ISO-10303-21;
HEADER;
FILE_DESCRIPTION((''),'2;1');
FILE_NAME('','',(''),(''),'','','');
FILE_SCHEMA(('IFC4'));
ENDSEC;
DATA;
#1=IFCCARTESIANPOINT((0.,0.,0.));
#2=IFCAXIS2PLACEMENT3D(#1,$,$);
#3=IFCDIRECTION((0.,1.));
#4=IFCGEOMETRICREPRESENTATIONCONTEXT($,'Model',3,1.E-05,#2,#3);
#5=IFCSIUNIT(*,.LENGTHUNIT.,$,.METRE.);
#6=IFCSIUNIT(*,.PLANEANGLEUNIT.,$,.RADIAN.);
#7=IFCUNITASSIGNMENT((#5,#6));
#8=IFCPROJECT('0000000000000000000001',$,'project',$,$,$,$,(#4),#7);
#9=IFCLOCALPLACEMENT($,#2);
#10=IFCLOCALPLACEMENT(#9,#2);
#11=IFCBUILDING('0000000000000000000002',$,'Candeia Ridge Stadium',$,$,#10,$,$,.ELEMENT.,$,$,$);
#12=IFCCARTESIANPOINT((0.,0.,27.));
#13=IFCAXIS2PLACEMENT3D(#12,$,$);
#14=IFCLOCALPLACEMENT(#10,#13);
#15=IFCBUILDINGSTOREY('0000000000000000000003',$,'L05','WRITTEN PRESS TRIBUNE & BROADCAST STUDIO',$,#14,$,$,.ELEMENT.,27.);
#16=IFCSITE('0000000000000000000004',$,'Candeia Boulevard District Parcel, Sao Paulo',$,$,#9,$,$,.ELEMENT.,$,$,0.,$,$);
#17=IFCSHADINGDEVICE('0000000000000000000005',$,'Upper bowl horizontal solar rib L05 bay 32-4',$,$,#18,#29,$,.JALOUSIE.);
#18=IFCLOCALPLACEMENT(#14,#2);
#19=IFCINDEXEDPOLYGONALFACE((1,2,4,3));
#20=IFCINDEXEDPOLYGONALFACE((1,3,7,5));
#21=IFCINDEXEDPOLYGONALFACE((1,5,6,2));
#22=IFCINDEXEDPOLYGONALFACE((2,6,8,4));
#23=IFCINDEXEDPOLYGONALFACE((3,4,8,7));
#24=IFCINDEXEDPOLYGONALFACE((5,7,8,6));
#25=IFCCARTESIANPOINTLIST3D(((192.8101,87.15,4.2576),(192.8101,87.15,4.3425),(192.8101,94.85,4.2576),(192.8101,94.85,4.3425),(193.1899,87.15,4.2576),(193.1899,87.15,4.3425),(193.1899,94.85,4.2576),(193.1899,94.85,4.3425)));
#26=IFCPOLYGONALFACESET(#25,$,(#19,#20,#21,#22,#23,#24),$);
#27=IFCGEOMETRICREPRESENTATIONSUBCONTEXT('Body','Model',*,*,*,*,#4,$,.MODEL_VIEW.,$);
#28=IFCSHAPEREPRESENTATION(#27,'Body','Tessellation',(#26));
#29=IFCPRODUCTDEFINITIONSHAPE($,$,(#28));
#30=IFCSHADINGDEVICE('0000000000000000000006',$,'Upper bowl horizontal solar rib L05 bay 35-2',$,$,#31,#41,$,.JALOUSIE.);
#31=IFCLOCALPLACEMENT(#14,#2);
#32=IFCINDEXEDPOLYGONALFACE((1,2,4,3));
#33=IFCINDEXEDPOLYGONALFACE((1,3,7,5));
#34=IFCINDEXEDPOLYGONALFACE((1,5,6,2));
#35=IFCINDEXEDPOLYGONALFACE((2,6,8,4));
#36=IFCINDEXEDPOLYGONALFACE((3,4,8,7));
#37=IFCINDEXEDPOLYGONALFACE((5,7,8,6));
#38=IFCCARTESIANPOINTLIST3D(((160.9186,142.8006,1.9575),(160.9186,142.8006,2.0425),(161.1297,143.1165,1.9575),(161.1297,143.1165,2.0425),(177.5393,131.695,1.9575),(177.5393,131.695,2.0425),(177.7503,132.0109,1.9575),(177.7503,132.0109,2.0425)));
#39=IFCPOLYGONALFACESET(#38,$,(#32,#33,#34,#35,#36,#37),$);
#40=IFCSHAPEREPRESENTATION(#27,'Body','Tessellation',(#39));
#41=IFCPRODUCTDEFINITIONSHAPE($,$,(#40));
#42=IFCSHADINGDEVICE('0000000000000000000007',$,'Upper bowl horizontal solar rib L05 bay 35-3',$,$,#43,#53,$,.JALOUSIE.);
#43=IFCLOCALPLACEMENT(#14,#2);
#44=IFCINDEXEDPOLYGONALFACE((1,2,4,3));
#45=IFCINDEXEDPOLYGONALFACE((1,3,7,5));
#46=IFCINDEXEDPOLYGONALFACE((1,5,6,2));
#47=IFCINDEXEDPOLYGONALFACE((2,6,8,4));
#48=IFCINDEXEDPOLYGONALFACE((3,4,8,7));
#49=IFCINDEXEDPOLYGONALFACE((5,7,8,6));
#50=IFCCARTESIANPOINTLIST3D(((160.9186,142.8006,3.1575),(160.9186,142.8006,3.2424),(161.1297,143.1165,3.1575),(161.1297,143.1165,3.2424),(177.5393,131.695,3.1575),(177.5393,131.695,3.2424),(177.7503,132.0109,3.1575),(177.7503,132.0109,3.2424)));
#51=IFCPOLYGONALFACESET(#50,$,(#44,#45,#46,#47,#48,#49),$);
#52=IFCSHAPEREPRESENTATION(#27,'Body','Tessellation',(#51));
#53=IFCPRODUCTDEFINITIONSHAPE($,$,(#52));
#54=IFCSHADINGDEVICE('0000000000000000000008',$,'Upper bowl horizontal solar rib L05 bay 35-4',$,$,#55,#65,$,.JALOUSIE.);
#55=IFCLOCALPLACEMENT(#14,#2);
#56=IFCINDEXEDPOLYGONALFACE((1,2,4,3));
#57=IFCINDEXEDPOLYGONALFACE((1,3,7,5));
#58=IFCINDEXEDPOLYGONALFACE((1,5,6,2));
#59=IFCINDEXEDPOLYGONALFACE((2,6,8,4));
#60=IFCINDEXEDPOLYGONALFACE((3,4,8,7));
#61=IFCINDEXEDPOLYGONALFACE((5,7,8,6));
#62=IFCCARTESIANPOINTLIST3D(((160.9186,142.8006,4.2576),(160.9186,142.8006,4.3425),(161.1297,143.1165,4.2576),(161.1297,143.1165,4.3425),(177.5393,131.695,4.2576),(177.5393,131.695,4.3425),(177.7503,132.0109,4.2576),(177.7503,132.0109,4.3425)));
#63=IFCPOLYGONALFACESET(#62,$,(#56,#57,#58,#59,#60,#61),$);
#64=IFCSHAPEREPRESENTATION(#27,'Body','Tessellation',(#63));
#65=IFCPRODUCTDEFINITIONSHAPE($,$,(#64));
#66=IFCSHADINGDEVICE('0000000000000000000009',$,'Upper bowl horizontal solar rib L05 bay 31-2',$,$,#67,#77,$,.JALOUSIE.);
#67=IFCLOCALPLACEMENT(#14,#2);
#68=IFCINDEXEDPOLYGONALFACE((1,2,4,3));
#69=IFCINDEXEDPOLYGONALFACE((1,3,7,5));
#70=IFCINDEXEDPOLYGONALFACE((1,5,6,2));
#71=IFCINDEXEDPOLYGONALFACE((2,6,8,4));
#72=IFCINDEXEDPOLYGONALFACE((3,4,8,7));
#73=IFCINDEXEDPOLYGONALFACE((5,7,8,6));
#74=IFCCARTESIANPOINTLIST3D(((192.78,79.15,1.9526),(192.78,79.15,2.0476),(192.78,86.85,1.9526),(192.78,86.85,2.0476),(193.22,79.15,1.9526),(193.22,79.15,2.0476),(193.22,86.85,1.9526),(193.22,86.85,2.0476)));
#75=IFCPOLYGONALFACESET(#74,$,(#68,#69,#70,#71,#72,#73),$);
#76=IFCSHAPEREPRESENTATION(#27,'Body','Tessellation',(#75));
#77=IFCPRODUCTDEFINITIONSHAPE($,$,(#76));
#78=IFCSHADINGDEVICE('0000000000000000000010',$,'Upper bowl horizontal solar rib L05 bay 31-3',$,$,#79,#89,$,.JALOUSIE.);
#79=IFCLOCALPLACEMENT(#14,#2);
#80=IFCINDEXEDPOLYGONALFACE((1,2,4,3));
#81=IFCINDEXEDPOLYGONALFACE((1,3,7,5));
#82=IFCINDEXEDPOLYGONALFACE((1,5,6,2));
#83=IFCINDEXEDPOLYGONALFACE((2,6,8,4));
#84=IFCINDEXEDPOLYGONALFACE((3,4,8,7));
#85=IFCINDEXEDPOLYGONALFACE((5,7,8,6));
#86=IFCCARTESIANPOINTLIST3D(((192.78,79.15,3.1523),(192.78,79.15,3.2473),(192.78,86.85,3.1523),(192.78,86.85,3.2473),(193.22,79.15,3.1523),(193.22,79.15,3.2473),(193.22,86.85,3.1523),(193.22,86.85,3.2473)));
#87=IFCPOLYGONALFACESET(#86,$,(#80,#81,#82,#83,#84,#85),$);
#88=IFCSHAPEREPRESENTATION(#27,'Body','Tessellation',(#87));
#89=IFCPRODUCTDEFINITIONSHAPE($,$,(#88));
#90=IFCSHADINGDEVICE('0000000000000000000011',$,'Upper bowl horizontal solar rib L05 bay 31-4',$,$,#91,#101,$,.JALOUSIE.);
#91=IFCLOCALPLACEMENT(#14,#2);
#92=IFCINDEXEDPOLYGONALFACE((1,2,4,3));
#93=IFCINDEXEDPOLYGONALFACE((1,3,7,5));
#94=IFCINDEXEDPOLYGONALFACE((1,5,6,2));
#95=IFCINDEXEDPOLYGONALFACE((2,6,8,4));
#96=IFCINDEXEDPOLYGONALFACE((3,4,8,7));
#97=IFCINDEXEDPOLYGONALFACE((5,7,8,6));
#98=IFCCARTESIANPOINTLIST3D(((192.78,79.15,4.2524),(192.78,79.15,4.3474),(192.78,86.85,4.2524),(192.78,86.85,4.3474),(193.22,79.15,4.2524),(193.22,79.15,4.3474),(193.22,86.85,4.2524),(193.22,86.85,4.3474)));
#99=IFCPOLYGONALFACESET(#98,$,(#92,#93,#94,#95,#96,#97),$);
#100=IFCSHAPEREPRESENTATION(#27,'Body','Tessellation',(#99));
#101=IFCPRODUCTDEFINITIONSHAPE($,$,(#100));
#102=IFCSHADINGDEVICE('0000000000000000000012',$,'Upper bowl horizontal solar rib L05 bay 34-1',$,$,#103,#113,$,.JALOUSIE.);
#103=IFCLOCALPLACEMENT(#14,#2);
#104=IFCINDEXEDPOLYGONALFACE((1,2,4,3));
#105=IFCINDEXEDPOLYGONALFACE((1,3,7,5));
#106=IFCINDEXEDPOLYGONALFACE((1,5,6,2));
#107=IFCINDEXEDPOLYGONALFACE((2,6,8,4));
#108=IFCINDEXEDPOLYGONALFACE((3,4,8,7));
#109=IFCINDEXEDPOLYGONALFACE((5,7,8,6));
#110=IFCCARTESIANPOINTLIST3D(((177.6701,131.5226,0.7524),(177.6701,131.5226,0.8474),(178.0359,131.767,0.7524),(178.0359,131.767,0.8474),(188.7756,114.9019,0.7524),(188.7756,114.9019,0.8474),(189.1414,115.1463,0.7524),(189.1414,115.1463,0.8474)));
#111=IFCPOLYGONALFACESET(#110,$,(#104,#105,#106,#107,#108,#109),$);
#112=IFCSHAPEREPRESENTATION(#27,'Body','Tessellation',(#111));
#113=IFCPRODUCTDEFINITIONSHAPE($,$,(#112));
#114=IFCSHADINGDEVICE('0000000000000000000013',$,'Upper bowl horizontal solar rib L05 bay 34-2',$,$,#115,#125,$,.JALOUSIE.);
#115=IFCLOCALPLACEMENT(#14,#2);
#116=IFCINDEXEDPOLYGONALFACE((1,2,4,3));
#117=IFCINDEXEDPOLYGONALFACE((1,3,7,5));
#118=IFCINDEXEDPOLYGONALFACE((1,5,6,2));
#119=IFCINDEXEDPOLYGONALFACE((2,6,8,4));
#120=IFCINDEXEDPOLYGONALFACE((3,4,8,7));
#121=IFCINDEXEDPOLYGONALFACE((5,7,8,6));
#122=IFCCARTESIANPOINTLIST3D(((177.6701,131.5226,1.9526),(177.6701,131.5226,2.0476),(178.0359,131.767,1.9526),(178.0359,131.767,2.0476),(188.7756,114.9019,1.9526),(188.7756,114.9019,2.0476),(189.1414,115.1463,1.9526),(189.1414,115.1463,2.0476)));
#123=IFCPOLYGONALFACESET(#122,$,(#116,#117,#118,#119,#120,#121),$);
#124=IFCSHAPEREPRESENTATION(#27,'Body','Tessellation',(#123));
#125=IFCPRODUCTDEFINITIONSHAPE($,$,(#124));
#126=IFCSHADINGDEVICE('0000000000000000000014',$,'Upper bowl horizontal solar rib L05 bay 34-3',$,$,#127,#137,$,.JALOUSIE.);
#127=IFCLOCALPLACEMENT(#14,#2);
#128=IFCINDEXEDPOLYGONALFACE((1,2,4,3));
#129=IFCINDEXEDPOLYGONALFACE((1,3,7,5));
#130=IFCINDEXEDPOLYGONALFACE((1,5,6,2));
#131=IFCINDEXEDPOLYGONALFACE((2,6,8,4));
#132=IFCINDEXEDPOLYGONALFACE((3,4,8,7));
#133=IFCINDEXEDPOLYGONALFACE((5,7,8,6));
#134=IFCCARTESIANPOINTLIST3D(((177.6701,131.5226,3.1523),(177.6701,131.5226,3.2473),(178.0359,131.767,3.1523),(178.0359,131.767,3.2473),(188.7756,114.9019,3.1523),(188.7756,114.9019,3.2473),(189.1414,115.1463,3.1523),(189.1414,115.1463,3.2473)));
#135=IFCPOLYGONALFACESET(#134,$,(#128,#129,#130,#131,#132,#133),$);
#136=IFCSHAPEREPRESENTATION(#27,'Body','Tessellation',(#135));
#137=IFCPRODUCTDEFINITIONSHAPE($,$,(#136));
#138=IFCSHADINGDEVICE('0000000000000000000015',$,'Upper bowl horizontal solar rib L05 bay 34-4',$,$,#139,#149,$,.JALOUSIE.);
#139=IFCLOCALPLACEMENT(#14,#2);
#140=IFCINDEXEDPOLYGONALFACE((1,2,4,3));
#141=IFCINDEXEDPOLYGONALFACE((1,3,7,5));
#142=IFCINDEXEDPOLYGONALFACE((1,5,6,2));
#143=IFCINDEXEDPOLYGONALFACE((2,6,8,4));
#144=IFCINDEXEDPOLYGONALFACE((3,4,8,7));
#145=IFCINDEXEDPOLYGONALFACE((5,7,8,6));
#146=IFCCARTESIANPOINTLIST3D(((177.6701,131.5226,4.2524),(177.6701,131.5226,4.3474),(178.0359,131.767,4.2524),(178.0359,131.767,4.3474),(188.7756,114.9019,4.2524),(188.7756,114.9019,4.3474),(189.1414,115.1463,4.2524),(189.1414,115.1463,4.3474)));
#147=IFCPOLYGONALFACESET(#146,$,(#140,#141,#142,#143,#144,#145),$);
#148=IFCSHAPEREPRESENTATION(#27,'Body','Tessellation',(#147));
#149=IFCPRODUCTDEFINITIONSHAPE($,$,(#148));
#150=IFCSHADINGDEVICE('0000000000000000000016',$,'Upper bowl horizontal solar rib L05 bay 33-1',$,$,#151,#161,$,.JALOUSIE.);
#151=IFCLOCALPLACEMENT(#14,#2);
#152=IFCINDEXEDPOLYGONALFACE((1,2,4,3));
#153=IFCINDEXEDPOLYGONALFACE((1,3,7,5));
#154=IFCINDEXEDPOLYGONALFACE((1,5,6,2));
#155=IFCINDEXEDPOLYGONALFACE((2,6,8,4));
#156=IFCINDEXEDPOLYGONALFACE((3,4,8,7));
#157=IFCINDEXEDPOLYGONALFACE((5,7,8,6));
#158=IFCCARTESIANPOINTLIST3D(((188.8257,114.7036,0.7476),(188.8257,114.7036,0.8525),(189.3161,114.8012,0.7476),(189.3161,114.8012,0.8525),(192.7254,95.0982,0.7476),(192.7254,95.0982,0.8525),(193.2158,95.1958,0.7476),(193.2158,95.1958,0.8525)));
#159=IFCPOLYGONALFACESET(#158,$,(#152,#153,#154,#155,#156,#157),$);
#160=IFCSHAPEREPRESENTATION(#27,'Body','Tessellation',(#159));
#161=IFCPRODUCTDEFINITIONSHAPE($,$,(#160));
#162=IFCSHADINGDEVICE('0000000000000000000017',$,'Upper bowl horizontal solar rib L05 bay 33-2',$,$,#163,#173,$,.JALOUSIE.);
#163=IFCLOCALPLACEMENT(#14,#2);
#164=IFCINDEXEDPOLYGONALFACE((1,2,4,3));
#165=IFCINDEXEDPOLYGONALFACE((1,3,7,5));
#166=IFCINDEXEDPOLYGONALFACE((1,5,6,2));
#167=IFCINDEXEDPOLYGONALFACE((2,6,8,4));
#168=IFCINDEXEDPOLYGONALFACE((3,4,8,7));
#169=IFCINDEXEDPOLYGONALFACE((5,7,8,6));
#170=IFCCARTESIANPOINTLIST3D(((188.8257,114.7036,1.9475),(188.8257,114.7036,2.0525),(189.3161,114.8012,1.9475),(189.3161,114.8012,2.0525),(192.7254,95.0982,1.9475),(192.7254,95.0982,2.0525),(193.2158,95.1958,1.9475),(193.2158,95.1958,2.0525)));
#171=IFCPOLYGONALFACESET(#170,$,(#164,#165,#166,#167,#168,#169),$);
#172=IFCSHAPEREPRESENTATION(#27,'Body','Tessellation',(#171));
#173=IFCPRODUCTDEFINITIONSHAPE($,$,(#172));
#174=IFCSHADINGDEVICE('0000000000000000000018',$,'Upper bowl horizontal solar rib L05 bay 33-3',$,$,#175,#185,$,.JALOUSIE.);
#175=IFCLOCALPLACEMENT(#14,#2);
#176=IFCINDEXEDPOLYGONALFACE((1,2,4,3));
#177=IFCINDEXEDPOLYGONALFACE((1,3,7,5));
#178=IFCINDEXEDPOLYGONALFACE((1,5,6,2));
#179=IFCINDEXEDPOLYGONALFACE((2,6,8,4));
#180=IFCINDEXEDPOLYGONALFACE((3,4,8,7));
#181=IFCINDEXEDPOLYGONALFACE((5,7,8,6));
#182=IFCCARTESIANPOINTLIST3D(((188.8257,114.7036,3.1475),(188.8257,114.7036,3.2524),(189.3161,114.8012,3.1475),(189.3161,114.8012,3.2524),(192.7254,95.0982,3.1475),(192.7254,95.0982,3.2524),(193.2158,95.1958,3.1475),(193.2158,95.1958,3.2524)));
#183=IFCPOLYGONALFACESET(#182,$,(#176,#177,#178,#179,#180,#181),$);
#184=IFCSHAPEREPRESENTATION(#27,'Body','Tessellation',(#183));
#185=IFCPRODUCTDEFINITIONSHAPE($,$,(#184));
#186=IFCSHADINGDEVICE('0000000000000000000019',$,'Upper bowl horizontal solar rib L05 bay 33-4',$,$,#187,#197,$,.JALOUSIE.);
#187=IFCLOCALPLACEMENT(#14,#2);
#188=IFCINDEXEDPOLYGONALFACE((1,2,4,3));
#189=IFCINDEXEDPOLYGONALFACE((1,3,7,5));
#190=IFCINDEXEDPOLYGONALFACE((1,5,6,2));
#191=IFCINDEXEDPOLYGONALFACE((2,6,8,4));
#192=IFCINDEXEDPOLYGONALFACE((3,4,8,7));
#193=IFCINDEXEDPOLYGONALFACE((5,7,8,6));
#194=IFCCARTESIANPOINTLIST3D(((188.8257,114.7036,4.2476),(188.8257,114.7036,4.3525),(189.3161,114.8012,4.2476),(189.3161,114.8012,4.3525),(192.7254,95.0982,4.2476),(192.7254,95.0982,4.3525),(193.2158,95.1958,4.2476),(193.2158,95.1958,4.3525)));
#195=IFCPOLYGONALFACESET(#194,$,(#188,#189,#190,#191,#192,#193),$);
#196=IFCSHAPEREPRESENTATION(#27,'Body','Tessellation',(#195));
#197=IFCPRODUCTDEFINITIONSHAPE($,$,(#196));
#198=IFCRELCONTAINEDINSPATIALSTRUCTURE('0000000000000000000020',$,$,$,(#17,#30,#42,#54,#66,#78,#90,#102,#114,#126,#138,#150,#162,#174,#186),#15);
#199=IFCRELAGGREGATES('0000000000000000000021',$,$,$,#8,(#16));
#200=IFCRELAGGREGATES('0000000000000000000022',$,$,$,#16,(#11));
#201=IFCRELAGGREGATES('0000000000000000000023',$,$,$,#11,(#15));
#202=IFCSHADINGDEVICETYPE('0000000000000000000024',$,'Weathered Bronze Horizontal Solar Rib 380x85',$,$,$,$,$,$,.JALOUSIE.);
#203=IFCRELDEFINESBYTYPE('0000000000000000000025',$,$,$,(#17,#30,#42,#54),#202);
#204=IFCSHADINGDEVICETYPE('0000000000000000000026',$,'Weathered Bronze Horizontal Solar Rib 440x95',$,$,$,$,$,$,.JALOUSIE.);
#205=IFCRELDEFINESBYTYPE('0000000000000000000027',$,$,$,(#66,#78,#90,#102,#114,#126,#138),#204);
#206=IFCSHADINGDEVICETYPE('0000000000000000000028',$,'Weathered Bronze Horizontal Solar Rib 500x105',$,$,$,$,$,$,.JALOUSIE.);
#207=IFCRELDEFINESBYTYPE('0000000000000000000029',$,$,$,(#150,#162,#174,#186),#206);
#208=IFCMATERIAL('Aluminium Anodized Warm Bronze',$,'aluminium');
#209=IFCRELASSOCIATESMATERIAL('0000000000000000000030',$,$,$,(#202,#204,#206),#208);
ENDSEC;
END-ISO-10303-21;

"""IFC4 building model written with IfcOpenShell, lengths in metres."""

from ifc_helpers import new_model, si_unit, direction, frame, origin, origin_2d, place, context, subcontext, project, spatial, rectangle, extrude, material, type_object, element, save


model = new_model("IFC4")

# Units and contexts
model_context = context("Model", 3, precision=1e-05, world=origin(), true_north=direction((0.0, 1.0)))
body_context = subcontext(model_context, "Body", "Model", "MODEL_VIEW")
ifc_project = project(units=[si_unit("LENGTHUNIT", "METRE"), si_unit("PLANEANGLEUNIT", "RADIAN")], contexts=[model_context])

# Site, building, storey
site_placement = place(None, origin())
site = spatial("IfcSite", under=ifc_project, at=site_placement, Name="Candeia Boulevard District Parcel, Sao Paulo", CompositionType="ELEMENT", RefElevation=0.0)
building_placement = place(site_placement, origin())
building = spatial("IfcBuilding", under=site, at=building_placement, Name="Candeia Ridge Stadium", CompositionType="ELEMENT")
storey_placement = place(building_placement, frame((0.0, 0.0, 27.0)))
storey = spatial("IfcBuildingStorey", under=building, at=storey_placement, Name="L05", Description="WRITTEN PRESS TRIBUNE & BROADCAST STUDIO", CompositionType="ELEMENT", Elevation=27.0)

# Shading devices
ifc_material_1 = material(Name="Aluminium Anodized Warm Bronze", Category="aluminium")
shading_device_type_1 = type_object("IfcShadingDeviceType", Name="Weathered Bronze Horizontal Solar Rib 380x85", PredefinedType="JALOUSIE", material=ifc_material_1)
for number, where, z_axis, x_axis, name in (
    (1, (193.0, 91.0, 4.2576), (0.0, 0.0, 1.0), (0.0, 1.0, 0.0), "Upper bowl horizontal solar rib L05 bay 32-4"),
):
    element("IfcShadingDevice", number, at=place(storey_placement, frame(where, z_axis=z_axis, x_axis=x_axis)), inside=storey, type_object=shading_device_type_1, Name=name, PredefinedType="JALOUSIE", context=body_context, shape_type="SweptSolid", body=[
        extrude(rectangle(XDim=7.7, YDim=0.3799, at=origin_2d()), origin(), (0.0, 0.0, 1.0), 0.085),
    ])
for number, where, z_axis, x_axis, name in (
    (2, (169.3345, 137.4058, 1.9575), (0.0, 0.0, 1.0), (-0.83147, 0.55557, 0.0), "Upper bowl horizontal solar rib L05 bay 35-2"),
    (3, (169.3345, 137.4058, 3.1575), (0.0, 0.0, 1.0), (-0.83147, 0.55557, 0.0), "Upper bowl horizontal solar rib L05 bay 35-3"),
    (4, (169.3345, 137.4058, 4.2576), (0.0, 0.0, 1.0), (-0.83147, 0.55557, 0.0), "Upper bowl horizontal solar rib L05 bay 35-4"),
):
    element("IfcShadingDevice", number, at=place(storey_placement, frame(where, z_axis=z_axis, x_axis=x_axis)), inside=storey, type_object=shading_device_type_1, Name=name, PredefinedType="JALOUSIE", context=body_context, shape_type="SweptSolid", body=[
        extrude(rectangle(XDim=19.9895, YDim=0.3799, at=origin_2d()), origin(), (0.0, 0.0, 1.0), 0.085),
    ])
shading_device_type_2 = type_object("IfcShadingDeviceType", Name="Weathered Bronze Horizontal Solar Rib 440x95", PredefinedType="JALOUSIE", material=ifc_material_1)
for number, where, z_axis, x_axis, name in (
    (5, (193.0, 83.0, 1.9526), (0.0, 0.0, 1.0), (0.0, 1.0, 0.0), "Upper bowl horizontal solar rib L05 bay 31-2"),
    (6, (193.0, 83.0, 3.1523), (0.0, 0.0, 1.0), (0.0, 1.0, 0.0), "Upper bowl horizontal solar rib L05 bay 31-3"),
    (7, (193.0, 83.0, 4.2524), (0.0, 0.0, 1.0), (0.0, 1.0, 0.0), "Upper bowl horizontal solar rib L05 bay 31-4"),
):
    element("IfcShadingDevice", number, at=place(storey_placement, frame(where, z_axis=z_axis, x_axis=x_axis)), inside=storey, type_object=shading_device_type_2, Name=name, PredefinedType="JALOUSIE", context=body_context, shape_type="SweptSolid", body=[
        extrude(rectangle(XDim=7.7, YDim=0.4399, at=origin_2d()), origin(), (0.0, 0.0, 1.0), 0.095),
    ])
for number, where, z_axis, x_axis, name in (
    (8, (183.4058, 123.3345, 0.7524), (0.0, 0.0, 1.0), (-0.55557, 0.83147, 0.0), "Upper bowl horizontal solar rib L05 bay 34-1"),
    (9, (183.4058, 123.3345, 1.9526), (0.0, 0.0, 1.0), (-0.55557, 0.83147, 0.0), "Upper bowl horizontal solar rib L05 bay 34-2"),
    (10, (183.4058, 123.3345, 3.1523), (0.0, 0.0, 1.0), (-0.55557, 0.83147, 0.0), "Upper bowl horizontal solar rib L05 bay 34-3"),
    (11, (183.4058, 123.3345, 4.2524), (0.0, 0.0, 1.0), (-0.55557, 0.83147, 0.0), "Upper bowl horizontal solar rib L05 bay 34-4"),
):
    element("IfcShadingDevice", number, at=place(storey_placement, frame(where, z_axis=z_axis, x_axis=x_axis)), inside=storey, type_object=shading_device_type_2, Name=name, PredefinedType="JALOUSIE", context=body_context, shape_type="SweptSolid", body=[
        extrude(rectangle(XDim=19.9895, YDim=0.4399, at=origin_2d()), origin(), (0.0, 0.0, 1.0), 0.095),
    ])
shading_device_type_3 = type_object("IfcShadingDeviceType", Name="Weathered Bronze Horizontal Solar Rib 500x105", PredefinedType="JALOUSIE", material=ifc_material_1)
for number, where, z_axis, x_axis, name in (
    (12, (191.0208, 104.9497, 0.7476), (0.0, 0.0, 1.0), (-0.19509, 0.980785, 0.0), "Upper bowl horizontal solar rib L05 bay 33-1"),
    (13, (191.0208, 104.9497, 1.9475), (0.0, 0.0, 1.0), (-0.19509, 0.980785, 0.0), "Upper bowl horizontal solar rib L05 bay 33-2"),
    (14, (191.0208, 104.9497, 3.1475), (0.0, 0.0, 1.0), (-0.19509, 0.980785, 0.0), "Upper bowl horizontal solar rib L05 bay 33-3"),
    (15, (191.0208, 104.9497, 4.2476), (0.0, 0.0, 1.0), (-0.19509, 0.980785, 0.0), "Upper bowl horizontal solar rib L05 bay 33-4"),
):
    element("IfcShadingDevice", number, at=place(storey_placement, frame(where, z_axis=z_axis, x_axis=x_axis)), inside=storey, type_object=shading_device_type_3, Name=name, PredefinedType="JALOUSIE", context=body_context, shape_type="SweptSolid", body=[
        extrude(rectangle(XDim=19.9895, YDim=0.5, at=origin_2d()), origin(), (0.0, 0.0, 1.0), 0.105),
    ])

save(model, "model.ifc")
